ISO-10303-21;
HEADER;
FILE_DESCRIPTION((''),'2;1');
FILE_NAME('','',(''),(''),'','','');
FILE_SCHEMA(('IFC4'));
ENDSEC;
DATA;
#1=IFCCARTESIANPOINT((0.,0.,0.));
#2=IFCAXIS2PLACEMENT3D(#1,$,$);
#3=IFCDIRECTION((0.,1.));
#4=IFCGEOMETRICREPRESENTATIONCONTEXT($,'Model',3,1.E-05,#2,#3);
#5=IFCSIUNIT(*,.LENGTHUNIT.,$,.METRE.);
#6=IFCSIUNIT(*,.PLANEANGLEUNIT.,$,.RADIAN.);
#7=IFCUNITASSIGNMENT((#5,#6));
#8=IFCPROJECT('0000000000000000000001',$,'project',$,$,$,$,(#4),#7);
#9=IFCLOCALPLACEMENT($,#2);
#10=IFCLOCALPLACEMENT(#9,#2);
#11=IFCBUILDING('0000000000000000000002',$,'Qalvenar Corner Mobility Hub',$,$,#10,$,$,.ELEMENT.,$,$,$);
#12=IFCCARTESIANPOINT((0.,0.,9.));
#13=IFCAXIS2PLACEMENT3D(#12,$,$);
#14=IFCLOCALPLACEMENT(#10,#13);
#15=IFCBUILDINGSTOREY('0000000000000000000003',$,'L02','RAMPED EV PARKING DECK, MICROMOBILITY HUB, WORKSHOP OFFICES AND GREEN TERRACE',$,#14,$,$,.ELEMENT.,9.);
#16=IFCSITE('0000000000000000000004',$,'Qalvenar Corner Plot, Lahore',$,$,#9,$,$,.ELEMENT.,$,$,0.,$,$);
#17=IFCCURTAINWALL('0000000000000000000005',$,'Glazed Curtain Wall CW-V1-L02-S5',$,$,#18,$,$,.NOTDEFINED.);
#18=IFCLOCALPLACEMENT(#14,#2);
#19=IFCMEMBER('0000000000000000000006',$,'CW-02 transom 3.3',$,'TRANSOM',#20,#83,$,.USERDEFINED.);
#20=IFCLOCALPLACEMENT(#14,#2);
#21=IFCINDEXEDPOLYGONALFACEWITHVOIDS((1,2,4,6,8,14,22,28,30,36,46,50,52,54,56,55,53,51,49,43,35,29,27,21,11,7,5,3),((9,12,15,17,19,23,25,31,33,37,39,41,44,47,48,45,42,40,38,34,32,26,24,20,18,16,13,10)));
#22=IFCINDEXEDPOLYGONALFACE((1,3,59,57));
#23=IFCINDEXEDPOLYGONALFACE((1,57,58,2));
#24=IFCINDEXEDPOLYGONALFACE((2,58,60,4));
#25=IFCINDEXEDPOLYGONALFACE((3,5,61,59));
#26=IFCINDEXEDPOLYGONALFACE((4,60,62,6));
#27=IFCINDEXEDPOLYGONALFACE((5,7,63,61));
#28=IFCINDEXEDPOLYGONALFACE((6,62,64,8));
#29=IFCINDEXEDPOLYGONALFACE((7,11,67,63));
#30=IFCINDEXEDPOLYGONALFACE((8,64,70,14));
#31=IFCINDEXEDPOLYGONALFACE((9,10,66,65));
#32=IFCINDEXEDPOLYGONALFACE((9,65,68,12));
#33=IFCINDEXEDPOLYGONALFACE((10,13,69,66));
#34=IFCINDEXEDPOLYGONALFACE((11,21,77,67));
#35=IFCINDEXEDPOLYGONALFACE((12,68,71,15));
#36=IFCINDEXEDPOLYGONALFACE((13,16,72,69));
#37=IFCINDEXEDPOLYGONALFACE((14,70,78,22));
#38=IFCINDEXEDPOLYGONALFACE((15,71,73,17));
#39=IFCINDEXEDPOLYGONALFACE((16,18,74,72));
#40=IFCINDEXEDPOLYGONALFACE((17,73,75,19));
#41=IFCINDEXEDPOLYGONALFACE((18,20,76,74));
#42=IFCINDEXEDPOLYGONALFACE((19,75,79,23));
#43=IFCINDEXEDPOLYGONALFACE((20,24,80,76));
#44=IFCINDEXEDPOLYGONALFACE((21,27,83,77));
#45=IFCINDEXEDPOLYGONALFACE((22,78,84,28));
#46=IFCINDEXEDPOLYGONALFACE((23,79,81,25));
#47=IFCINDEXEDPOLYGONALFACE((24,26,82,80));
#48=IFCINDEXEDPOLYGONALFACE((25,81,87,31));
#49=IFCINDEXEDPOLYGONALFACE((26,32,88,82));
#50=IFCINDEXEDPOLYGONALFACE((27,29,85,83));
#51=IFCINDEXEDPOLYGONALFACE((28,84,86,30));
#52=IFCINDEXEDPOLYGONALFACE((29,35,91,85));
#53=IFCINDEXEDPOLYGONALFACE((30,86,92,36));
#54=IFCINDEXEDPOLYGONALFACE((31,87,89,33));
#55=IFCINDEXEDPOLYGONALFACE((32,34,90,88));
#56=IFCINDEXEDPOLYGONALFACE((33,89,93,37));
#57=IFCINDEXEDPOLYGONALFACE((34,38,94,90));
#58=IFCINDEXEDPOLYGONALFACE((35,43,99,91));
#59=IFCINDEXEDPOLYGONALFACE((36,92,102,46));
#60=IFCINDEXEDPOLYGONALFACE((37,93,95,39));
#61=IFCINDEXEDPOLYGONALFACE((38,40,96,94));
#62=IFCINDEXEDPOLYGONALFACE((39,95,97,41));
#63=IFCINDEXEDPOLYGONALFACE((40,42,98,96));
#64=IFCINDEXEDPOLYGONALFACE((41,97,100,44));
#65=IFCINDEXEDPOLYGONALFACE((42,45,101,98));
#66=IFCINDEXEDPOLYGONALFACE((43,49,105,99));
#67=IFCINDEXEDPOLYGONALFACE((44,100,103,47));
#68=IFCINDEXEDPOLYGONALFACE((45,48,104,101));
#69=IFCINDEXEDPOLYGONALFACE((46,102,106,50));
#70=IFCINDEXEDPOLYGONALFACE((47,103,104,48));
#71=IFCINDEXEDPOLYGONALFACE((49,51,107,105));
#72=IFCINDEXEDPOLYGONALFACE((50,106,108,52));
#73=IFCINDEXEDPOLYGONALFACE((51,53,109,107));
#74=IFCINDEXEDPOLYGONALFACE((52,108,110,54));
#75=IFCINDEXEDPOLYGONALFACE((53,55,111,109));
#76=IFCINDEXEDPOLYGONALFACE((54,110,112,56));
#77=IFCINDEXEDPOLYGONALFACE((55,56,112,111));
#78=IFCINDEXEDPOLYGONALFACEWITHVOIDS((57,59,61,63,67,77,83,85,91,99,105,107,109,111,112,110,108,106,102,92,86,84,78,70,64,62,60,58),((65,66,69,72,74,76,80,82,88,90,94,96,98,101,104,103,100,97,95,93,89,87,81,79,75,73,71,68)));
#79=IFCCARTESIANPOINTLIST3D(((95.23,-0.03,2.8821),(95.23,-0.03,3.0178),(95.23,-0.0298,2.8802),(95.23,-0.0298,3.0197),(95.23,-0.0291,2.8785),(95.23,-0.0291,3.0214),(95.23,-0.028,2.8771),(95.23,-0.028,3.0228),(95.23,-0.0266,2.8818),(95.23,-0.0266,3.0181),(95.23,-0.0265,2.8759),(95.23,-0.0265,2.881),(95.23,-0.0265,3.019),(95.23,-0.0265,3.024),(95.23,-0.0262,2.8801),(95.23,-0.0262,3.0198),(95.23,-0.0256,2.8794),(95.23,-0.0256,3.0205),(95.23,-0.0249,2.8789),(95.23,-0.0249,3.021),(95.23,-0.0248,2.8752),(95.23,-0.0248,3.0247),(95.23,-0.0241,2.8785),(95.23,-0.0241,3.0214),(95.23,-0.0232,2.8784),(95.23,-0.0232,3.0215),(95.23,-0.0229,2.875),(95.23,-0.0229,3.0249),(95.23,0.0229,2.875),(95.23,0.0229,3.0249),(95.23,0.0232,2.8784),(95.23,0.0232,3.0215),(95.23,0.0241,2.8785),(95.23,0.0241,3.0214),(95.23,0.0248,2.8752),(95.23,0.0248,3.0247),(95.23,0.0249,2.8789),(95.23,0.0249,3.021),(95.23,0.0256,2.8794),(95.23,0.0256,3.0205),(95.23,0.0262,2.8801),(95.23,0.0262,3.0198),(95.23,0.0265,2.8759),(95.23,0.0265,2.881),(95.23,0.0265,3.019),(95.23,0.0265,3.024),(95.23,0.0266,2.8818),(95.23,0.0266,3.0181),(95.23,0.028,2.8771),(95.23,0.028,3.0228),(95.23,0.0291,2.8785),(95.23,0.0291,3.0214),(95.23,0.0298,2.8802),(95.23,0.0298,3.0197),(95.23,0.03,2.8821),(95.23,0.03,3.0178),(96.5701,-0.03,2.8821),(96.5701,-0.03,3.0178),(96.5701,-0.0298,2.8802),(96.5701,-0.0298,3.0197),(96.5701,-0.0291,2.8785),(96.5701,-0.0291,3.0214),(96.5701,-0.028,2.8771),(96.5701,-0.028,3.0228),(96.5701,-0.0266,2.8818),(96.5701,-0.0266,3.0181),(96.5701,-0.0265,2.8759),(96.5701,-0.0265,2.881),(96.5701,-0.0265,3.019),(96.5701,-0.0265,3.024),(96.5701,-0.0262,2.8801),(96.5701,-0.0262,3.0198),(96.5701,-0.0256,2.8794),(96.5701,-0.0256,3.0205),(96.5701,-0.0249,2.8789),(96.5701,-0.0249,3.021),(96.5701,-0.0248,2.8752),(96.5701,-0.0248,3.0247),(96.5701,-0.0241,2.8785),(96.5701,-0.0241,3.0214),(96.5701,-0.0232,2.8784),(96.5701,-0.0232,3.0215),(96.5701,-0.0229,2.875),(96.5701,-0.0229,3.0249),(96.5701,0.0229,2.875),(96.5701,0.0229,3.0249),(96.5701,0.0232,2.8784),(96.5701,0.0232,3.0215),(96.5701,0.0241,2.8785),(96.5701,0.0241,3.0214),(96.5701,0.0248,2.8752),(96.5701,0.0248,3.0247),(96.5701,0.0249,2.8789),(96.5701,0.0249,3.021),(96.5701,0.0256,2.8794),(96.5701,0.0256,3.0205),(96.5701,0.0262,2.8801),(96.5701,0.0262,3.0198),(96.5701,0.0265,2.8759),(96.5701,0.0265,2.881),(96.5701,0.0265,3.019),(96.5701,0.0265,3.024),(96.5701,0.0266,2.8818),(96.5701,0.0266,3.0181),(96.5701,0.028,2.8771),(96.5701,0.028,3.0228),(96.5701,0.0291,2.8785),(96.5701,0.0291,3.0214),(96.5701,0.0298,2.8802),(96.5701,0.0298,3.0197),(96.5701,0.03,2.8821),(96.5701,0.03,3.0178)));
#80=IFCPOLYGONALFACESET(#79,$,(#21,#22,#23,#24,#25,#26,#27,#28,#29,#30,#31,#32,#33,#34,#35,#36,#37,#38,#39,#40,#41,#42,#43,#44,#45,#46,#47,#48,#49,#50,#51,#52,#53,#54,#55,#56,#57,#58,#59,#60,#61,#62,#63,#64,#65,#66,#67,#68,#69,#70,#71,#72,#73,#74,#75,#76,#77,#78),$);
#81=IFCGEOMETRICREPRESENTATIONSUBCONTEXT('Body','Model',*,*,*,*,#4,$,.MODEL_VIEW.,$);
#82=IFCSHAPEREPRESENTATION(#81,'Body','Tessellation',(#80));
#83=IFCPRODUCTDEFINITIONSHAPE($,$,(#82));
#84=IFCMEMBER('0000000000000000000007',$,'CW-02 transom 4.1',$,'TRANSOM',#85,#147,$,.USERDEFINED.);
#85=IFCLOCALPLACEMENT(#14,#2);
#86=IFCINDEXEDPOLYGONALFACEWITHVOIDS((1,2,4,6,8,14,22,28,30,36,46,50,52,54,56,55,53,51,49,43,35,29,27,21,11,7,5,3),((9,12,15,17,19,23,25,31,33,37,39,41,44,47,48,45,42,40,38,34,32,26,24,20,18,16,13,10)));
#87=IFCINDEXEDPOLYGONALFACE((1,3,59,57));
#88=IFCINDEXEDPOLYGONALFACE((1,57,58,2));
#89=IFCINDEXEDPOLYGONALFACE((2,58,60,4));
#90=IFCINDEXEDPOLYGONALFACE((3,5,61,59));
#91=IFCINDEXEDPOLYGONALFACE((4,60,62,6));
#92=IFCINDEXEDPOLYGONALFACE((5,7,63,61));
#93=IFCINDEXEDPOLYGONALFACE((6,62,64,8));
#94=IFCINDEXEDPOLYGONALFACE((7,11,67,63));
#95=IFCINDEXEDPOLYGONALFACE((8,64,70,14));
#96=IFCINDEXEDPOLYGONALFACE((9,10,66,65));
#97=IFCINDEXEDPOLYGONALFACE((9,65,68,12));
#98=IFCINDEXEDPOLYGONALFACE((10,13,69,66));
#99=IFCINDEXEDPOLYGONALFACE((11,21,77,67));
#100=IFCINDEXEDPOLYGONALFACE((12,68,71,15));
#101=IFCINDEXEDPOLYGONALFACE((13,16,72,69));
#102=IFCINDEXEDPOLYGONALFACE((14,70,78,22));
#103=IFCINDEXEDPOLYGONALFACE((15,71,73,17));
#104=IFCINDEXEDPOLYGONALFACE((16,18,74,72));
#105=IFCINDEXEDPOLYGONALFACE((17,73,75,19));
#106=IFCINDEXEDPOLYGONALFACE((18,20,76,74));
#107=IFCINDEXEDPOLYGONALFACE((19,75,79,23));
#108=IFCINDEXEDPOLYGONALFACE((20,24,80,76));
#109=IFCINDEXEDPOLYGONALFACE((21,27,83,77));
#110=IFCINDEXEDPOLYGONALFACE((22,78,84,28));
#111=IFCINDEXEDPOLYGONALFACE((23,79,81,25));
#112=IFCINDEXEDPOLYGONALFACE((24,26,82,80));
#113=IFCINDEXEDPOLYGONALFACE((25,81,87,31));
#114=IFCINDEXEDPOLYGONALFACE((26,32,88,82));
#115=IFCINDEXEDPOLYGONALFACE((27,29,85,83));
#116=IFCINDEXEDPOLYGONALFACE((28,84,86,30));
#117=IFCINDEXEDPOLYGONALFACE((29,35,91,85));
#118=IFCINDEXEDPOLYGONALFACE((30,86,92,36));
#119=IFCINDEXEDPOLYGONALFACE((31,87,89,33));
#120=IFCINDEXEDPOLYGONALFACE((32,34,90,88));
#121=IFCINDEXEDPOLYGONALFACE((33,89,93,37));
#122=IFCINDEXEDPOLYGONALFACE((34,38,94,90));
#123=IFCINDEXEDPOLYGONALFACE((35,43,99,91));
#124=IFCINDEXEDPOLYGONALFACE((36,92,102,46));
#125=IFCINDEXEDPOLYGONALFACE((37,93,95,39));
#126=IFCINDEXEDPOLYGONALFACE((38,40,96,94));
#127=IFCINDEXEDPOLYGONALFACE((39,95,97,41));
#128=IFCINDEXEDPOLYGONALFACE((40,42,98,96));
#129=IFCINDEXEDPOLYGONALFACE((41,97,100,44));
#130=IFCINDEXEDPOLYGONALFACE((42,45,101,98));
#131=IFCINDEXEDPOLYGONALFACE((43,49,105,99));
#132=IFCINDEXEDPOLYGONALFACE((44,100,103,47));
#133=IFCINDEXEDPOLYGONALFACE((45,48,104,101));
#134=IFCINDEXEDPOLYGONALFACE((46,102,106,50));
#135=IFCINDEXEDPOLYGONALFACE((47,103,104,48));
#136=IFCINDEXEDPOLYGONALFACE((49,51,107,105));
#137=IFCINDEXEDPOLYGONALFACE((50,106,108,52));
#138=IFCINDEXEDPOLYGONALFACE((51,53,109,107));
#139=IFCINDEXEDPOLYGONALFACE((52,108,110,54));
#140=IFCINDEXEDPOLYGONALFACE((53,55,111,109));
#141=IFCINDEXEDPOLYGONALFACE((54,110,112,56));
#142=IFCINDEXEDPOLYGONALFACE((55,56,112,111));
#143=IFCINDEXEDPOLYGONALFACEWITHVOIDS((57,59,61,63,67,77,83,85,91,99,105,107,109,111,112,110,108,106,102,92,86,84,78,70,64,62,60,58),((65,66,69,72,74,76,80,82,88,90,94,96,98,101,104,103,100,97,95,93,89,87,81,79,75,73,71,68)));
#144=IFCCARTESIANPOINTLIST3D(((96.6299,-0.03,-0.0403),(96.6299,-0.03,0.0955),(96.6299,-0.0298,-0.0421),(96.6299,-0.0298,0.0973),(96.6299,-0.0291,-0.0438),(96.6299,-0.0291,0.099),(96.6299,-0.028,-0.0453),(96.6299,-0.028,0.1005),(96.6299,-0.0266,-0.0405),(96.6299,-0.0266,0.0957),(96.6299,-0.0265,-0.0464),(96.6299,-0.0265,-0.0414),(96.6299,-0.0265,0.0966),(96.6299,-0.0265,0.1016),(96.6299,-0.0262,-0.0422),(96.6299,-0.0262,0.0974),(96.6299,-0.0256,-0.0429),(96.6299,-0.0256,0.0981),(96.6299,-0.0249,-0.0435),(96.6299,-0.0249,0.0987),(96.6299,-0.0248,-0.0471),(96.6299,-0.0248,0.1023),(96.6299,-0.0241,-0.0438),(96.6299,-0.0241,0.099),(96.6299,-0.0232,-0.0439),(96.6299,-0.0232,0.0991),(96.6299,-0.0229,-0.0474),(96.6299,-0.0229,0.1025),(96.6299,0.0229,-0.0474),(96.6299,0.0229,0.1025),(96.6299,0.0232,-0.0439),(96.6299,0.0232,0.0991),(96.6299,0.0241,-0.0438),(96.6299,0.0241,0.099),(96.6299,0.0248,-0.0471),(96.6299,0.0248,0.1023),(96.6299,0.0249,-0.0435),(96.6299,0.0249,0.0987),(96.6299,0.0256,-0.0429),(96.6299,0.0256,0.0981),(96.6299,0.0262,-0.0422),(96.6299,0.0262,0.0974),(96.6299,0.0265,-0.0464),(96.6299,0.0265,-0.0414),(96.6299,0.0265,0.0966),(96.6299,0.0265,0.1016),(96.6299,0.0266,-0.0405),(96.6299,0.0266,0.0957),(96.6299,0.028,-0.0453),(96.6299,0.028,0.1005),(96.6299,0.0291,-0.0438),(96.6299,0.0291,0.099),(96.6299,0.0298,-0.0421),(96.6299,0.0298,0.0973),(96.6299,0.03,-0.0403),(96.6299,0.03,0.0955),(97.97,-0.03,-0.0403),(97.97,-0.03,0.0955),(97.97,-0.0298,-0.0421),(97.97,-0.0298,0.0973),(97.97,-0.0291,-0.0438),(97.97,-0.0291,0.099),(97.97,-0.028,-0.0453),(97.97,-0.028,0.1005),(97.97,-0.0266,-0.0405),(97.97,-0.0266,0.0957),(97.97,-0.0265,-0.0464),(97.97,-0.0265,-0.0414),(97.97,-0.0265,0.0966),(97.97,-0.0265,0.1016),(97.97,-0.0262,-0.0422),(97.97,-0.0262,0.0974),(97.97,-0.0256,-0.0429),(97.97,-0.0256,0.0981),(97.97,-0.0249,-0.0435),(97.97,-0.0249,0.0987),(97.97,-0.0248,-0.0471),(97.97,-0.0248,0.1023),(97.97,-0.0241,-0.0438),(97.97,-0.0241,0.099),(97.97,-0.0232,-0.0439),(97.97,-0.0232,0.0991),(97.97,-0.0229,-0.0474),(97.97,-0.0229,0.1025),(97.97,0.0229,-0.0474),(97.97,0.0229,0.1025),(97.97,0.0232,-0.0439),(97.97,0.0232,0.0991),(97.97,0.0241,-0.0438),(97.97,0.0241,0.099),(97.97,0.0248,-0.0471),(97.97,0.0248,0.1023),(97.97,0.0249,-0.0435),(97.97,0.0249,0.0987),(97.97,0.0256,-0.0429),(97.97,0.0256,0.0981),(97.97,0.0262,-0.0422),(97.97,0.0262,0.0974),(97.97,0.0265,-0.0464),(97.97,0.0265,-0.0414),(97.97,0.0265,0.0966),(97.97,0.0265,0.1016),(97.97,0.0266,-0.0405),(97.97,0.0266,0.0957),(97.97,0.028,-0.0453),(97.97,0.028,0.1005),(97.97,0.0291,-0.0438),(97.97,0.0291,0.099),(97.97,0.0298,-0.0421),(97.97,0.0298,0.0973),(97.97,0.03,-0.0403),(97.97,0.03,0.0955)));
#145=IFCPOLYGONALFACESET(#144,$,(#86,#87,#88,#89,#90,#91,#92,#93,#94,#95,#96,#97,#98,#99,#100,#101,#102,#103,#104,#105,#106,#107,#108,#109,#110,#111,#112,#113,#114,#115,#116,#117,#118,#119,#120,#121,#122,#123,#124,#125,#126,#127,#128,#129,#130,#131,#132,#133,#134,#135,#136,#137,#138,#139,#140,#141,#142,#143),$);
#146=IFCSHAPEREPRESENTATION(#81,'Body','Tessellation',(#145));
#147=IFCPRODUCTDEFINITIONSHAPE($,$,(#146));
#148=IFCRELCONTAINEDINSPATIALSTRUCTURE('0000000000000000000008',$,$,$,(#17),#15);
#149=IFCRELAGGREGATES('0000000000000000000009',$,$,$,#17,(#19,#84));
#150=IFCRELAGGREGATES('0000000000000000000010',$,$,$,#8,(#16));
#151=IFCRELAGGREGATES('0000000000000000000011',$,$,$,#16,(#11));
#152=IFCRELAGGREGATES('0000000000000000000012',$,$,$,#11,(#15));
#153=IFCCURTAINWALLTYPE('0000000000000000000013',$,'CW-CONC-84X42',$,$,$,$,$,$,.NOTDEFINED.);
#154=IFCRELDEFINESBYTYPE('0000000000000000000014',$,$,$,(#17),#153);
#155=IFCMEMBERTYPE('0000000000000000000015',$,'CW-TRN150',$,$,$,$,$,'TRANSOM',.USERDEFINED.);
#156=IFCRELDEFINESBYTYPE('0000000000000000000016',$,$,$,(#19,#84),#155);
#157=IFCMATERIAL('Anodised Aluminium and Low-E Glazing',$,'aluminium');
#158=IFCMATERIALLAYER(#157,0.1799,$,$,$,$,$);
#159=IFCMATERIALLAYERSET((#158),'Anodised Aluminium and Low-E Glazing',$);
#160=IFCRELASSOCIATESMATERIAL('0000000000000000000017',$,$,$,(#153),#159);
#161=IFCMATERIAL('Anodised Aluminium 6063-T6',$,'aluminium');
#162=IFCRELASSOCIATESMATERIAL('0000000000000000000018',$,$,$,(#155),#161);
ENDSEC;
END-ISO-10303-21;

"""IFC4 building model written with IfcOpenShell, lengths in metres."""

from ifc_helpers import new_model, si_unit, direction, frame, origin, origin_2d, place, context, subcontext, project, spatial, hollow_rectangle, extrude, material, layer, layer_set, material_profile, profile_set, type_object, element, aggregate, save


model = new_model("IFC4")

# Units and contexts
model_context = context("Model", 3, precision=1e-05, world=origin(), true_north=direction((0.0, 1.0)))
body_context = subcontext(model_context, "Body", "Model", "MODEL_VIEW")
ifc_project = project(units=[si_unit("LENGTHUNIT", "METRE"), si_unit("PLANEANGLEUNIT", "RADIAN")], contexts=[model_context])

# Site, building, storey
site_placement = place(None, origin())
site = spatial("IfcSite", under=ifc_project, at=site_placement, Name="Qalvenar Corner Plot, Lahore", CompositionType="ELEMENT", RefElevation=0.0)
building_placement = place(site_placement, origin())
building = spatial("IfcBuilding", under=site, at=building_placement, Name="Qalvenar Corner Mobility Hub", CompositionType="ELEMENT")
storey_placement = place(building_placement, frame((0.0, 0.0, 9.0)))
storey = spatial("IfcBuildingStorey", under=building, at=storey_placement, Name="L02", Description="RAMPED EV PARKING DECK, MICROMOBILITY HUB, WORKSHOP OFFICES AND GREEN TERRACE", CompositionType="ELEMENT", Elevation=9.0)

# Shared definitions
ifc_material_1 = material(Name="Anodised Aluminium and Low-E Glazing", Category="aluminium")
ifc_layer_1 = layer(ifc_material_1, 0.1799)
ifc_layer_set_1 = layer_set([ifc_layer_1], Name="Anodised Aluminium and Low-E Glazing")
curtain_wall_type = type_object("IfcCurtainWallType", Name="CW-CONC-84X42", PredefinedType="NOTDEFINED", material=ifc_layer_set_1)
ifc_material_2 = material(Name="Anodised Aluminium 6063-T6", Category="aluminium")

# Curtain wall, members
curtain_wall_1_placement = place(storey_placement, origin())
curtain_wall_1 = element("IfcCurtainWall", 1, at=curtain_wall_1_placement, inside=storey, type_object=curtain_wall_type, Name="Glazed Curtain Wall CW-V1-L02-S5", PredefinedType="NOTDEFINED")
ifc_material_profile_1 = material_profile(ifc_material_2, hollow_rectangle(XDim=0.0601, YDim=0.1499, WallThickness=0.0034, InnerFilletRadius=0.0034, OuterFilletRadius=0.0071, at=origin_2d()), Name="RHS150x60x3.5")
ifc_profile_set_1 = profile_set([ifc_material_profile_1], Name="Anodised Aluminium 6063-T6")
member_type_1 = type_object("IfcMemberType", Name="CW-TRN150", ElementType="TRANSOM", PredefinedType="USERDEFINED", material=ifc_profile_set_1)
member_1_placement = place(storey_placement, frame((95.23, 0.0, 2.95), z_axis=(1.0, 0.0, 0.0), x_axis=(0.0, 1.0, 0.0)))
member_1 = element("IfcMember", 2, at=member_1_placement, type_object=member_type_1, Name="CW-02 transom 3.3", ObjectType="TRANSOM", PredefinedType="USERDEFINED", context=body_context, shape_type="SweptSolid", body=[
    extrude(hollow_rectangle(XDim=0.0601, YDim=0.1499, WallThickness=0.0034, InnerFilletRadius=0.0034, OuterFilletRadius=0.0071, at=origin_2d()), origin(), (0.0, 0.0, 1.0), 1.3401),
])
member_2_placement = place(storey_placement, frame((96.6299, 0.0, 0.0276), z_axis=(1.0, 0.0, 0.0), x_axis=(0.0, 1.0, 0.0)))
member_2 = element("IfcMember", 3, at=member_2_placement, type_object=member_type_1, Name="CW-02 transom 4.1", ObjectType="TRANSOM", PredefinedType="USERDEFINED", context=body_context, shape_type="SweptSolid", body=[
    extrude(hollow_rectangle(XDim=0.0601, YDim=0.1499, WallThickness=0.0034, InnerFilletRadius=0.0034, OuterFilletRadius=0.0071, at=origin_2d()), origin(), (0.0, 0.0, 1.0), 1.3401),
])

aggregate(curtain_wall_1, [member_1, member_2])

save(model, "model.ifc")
